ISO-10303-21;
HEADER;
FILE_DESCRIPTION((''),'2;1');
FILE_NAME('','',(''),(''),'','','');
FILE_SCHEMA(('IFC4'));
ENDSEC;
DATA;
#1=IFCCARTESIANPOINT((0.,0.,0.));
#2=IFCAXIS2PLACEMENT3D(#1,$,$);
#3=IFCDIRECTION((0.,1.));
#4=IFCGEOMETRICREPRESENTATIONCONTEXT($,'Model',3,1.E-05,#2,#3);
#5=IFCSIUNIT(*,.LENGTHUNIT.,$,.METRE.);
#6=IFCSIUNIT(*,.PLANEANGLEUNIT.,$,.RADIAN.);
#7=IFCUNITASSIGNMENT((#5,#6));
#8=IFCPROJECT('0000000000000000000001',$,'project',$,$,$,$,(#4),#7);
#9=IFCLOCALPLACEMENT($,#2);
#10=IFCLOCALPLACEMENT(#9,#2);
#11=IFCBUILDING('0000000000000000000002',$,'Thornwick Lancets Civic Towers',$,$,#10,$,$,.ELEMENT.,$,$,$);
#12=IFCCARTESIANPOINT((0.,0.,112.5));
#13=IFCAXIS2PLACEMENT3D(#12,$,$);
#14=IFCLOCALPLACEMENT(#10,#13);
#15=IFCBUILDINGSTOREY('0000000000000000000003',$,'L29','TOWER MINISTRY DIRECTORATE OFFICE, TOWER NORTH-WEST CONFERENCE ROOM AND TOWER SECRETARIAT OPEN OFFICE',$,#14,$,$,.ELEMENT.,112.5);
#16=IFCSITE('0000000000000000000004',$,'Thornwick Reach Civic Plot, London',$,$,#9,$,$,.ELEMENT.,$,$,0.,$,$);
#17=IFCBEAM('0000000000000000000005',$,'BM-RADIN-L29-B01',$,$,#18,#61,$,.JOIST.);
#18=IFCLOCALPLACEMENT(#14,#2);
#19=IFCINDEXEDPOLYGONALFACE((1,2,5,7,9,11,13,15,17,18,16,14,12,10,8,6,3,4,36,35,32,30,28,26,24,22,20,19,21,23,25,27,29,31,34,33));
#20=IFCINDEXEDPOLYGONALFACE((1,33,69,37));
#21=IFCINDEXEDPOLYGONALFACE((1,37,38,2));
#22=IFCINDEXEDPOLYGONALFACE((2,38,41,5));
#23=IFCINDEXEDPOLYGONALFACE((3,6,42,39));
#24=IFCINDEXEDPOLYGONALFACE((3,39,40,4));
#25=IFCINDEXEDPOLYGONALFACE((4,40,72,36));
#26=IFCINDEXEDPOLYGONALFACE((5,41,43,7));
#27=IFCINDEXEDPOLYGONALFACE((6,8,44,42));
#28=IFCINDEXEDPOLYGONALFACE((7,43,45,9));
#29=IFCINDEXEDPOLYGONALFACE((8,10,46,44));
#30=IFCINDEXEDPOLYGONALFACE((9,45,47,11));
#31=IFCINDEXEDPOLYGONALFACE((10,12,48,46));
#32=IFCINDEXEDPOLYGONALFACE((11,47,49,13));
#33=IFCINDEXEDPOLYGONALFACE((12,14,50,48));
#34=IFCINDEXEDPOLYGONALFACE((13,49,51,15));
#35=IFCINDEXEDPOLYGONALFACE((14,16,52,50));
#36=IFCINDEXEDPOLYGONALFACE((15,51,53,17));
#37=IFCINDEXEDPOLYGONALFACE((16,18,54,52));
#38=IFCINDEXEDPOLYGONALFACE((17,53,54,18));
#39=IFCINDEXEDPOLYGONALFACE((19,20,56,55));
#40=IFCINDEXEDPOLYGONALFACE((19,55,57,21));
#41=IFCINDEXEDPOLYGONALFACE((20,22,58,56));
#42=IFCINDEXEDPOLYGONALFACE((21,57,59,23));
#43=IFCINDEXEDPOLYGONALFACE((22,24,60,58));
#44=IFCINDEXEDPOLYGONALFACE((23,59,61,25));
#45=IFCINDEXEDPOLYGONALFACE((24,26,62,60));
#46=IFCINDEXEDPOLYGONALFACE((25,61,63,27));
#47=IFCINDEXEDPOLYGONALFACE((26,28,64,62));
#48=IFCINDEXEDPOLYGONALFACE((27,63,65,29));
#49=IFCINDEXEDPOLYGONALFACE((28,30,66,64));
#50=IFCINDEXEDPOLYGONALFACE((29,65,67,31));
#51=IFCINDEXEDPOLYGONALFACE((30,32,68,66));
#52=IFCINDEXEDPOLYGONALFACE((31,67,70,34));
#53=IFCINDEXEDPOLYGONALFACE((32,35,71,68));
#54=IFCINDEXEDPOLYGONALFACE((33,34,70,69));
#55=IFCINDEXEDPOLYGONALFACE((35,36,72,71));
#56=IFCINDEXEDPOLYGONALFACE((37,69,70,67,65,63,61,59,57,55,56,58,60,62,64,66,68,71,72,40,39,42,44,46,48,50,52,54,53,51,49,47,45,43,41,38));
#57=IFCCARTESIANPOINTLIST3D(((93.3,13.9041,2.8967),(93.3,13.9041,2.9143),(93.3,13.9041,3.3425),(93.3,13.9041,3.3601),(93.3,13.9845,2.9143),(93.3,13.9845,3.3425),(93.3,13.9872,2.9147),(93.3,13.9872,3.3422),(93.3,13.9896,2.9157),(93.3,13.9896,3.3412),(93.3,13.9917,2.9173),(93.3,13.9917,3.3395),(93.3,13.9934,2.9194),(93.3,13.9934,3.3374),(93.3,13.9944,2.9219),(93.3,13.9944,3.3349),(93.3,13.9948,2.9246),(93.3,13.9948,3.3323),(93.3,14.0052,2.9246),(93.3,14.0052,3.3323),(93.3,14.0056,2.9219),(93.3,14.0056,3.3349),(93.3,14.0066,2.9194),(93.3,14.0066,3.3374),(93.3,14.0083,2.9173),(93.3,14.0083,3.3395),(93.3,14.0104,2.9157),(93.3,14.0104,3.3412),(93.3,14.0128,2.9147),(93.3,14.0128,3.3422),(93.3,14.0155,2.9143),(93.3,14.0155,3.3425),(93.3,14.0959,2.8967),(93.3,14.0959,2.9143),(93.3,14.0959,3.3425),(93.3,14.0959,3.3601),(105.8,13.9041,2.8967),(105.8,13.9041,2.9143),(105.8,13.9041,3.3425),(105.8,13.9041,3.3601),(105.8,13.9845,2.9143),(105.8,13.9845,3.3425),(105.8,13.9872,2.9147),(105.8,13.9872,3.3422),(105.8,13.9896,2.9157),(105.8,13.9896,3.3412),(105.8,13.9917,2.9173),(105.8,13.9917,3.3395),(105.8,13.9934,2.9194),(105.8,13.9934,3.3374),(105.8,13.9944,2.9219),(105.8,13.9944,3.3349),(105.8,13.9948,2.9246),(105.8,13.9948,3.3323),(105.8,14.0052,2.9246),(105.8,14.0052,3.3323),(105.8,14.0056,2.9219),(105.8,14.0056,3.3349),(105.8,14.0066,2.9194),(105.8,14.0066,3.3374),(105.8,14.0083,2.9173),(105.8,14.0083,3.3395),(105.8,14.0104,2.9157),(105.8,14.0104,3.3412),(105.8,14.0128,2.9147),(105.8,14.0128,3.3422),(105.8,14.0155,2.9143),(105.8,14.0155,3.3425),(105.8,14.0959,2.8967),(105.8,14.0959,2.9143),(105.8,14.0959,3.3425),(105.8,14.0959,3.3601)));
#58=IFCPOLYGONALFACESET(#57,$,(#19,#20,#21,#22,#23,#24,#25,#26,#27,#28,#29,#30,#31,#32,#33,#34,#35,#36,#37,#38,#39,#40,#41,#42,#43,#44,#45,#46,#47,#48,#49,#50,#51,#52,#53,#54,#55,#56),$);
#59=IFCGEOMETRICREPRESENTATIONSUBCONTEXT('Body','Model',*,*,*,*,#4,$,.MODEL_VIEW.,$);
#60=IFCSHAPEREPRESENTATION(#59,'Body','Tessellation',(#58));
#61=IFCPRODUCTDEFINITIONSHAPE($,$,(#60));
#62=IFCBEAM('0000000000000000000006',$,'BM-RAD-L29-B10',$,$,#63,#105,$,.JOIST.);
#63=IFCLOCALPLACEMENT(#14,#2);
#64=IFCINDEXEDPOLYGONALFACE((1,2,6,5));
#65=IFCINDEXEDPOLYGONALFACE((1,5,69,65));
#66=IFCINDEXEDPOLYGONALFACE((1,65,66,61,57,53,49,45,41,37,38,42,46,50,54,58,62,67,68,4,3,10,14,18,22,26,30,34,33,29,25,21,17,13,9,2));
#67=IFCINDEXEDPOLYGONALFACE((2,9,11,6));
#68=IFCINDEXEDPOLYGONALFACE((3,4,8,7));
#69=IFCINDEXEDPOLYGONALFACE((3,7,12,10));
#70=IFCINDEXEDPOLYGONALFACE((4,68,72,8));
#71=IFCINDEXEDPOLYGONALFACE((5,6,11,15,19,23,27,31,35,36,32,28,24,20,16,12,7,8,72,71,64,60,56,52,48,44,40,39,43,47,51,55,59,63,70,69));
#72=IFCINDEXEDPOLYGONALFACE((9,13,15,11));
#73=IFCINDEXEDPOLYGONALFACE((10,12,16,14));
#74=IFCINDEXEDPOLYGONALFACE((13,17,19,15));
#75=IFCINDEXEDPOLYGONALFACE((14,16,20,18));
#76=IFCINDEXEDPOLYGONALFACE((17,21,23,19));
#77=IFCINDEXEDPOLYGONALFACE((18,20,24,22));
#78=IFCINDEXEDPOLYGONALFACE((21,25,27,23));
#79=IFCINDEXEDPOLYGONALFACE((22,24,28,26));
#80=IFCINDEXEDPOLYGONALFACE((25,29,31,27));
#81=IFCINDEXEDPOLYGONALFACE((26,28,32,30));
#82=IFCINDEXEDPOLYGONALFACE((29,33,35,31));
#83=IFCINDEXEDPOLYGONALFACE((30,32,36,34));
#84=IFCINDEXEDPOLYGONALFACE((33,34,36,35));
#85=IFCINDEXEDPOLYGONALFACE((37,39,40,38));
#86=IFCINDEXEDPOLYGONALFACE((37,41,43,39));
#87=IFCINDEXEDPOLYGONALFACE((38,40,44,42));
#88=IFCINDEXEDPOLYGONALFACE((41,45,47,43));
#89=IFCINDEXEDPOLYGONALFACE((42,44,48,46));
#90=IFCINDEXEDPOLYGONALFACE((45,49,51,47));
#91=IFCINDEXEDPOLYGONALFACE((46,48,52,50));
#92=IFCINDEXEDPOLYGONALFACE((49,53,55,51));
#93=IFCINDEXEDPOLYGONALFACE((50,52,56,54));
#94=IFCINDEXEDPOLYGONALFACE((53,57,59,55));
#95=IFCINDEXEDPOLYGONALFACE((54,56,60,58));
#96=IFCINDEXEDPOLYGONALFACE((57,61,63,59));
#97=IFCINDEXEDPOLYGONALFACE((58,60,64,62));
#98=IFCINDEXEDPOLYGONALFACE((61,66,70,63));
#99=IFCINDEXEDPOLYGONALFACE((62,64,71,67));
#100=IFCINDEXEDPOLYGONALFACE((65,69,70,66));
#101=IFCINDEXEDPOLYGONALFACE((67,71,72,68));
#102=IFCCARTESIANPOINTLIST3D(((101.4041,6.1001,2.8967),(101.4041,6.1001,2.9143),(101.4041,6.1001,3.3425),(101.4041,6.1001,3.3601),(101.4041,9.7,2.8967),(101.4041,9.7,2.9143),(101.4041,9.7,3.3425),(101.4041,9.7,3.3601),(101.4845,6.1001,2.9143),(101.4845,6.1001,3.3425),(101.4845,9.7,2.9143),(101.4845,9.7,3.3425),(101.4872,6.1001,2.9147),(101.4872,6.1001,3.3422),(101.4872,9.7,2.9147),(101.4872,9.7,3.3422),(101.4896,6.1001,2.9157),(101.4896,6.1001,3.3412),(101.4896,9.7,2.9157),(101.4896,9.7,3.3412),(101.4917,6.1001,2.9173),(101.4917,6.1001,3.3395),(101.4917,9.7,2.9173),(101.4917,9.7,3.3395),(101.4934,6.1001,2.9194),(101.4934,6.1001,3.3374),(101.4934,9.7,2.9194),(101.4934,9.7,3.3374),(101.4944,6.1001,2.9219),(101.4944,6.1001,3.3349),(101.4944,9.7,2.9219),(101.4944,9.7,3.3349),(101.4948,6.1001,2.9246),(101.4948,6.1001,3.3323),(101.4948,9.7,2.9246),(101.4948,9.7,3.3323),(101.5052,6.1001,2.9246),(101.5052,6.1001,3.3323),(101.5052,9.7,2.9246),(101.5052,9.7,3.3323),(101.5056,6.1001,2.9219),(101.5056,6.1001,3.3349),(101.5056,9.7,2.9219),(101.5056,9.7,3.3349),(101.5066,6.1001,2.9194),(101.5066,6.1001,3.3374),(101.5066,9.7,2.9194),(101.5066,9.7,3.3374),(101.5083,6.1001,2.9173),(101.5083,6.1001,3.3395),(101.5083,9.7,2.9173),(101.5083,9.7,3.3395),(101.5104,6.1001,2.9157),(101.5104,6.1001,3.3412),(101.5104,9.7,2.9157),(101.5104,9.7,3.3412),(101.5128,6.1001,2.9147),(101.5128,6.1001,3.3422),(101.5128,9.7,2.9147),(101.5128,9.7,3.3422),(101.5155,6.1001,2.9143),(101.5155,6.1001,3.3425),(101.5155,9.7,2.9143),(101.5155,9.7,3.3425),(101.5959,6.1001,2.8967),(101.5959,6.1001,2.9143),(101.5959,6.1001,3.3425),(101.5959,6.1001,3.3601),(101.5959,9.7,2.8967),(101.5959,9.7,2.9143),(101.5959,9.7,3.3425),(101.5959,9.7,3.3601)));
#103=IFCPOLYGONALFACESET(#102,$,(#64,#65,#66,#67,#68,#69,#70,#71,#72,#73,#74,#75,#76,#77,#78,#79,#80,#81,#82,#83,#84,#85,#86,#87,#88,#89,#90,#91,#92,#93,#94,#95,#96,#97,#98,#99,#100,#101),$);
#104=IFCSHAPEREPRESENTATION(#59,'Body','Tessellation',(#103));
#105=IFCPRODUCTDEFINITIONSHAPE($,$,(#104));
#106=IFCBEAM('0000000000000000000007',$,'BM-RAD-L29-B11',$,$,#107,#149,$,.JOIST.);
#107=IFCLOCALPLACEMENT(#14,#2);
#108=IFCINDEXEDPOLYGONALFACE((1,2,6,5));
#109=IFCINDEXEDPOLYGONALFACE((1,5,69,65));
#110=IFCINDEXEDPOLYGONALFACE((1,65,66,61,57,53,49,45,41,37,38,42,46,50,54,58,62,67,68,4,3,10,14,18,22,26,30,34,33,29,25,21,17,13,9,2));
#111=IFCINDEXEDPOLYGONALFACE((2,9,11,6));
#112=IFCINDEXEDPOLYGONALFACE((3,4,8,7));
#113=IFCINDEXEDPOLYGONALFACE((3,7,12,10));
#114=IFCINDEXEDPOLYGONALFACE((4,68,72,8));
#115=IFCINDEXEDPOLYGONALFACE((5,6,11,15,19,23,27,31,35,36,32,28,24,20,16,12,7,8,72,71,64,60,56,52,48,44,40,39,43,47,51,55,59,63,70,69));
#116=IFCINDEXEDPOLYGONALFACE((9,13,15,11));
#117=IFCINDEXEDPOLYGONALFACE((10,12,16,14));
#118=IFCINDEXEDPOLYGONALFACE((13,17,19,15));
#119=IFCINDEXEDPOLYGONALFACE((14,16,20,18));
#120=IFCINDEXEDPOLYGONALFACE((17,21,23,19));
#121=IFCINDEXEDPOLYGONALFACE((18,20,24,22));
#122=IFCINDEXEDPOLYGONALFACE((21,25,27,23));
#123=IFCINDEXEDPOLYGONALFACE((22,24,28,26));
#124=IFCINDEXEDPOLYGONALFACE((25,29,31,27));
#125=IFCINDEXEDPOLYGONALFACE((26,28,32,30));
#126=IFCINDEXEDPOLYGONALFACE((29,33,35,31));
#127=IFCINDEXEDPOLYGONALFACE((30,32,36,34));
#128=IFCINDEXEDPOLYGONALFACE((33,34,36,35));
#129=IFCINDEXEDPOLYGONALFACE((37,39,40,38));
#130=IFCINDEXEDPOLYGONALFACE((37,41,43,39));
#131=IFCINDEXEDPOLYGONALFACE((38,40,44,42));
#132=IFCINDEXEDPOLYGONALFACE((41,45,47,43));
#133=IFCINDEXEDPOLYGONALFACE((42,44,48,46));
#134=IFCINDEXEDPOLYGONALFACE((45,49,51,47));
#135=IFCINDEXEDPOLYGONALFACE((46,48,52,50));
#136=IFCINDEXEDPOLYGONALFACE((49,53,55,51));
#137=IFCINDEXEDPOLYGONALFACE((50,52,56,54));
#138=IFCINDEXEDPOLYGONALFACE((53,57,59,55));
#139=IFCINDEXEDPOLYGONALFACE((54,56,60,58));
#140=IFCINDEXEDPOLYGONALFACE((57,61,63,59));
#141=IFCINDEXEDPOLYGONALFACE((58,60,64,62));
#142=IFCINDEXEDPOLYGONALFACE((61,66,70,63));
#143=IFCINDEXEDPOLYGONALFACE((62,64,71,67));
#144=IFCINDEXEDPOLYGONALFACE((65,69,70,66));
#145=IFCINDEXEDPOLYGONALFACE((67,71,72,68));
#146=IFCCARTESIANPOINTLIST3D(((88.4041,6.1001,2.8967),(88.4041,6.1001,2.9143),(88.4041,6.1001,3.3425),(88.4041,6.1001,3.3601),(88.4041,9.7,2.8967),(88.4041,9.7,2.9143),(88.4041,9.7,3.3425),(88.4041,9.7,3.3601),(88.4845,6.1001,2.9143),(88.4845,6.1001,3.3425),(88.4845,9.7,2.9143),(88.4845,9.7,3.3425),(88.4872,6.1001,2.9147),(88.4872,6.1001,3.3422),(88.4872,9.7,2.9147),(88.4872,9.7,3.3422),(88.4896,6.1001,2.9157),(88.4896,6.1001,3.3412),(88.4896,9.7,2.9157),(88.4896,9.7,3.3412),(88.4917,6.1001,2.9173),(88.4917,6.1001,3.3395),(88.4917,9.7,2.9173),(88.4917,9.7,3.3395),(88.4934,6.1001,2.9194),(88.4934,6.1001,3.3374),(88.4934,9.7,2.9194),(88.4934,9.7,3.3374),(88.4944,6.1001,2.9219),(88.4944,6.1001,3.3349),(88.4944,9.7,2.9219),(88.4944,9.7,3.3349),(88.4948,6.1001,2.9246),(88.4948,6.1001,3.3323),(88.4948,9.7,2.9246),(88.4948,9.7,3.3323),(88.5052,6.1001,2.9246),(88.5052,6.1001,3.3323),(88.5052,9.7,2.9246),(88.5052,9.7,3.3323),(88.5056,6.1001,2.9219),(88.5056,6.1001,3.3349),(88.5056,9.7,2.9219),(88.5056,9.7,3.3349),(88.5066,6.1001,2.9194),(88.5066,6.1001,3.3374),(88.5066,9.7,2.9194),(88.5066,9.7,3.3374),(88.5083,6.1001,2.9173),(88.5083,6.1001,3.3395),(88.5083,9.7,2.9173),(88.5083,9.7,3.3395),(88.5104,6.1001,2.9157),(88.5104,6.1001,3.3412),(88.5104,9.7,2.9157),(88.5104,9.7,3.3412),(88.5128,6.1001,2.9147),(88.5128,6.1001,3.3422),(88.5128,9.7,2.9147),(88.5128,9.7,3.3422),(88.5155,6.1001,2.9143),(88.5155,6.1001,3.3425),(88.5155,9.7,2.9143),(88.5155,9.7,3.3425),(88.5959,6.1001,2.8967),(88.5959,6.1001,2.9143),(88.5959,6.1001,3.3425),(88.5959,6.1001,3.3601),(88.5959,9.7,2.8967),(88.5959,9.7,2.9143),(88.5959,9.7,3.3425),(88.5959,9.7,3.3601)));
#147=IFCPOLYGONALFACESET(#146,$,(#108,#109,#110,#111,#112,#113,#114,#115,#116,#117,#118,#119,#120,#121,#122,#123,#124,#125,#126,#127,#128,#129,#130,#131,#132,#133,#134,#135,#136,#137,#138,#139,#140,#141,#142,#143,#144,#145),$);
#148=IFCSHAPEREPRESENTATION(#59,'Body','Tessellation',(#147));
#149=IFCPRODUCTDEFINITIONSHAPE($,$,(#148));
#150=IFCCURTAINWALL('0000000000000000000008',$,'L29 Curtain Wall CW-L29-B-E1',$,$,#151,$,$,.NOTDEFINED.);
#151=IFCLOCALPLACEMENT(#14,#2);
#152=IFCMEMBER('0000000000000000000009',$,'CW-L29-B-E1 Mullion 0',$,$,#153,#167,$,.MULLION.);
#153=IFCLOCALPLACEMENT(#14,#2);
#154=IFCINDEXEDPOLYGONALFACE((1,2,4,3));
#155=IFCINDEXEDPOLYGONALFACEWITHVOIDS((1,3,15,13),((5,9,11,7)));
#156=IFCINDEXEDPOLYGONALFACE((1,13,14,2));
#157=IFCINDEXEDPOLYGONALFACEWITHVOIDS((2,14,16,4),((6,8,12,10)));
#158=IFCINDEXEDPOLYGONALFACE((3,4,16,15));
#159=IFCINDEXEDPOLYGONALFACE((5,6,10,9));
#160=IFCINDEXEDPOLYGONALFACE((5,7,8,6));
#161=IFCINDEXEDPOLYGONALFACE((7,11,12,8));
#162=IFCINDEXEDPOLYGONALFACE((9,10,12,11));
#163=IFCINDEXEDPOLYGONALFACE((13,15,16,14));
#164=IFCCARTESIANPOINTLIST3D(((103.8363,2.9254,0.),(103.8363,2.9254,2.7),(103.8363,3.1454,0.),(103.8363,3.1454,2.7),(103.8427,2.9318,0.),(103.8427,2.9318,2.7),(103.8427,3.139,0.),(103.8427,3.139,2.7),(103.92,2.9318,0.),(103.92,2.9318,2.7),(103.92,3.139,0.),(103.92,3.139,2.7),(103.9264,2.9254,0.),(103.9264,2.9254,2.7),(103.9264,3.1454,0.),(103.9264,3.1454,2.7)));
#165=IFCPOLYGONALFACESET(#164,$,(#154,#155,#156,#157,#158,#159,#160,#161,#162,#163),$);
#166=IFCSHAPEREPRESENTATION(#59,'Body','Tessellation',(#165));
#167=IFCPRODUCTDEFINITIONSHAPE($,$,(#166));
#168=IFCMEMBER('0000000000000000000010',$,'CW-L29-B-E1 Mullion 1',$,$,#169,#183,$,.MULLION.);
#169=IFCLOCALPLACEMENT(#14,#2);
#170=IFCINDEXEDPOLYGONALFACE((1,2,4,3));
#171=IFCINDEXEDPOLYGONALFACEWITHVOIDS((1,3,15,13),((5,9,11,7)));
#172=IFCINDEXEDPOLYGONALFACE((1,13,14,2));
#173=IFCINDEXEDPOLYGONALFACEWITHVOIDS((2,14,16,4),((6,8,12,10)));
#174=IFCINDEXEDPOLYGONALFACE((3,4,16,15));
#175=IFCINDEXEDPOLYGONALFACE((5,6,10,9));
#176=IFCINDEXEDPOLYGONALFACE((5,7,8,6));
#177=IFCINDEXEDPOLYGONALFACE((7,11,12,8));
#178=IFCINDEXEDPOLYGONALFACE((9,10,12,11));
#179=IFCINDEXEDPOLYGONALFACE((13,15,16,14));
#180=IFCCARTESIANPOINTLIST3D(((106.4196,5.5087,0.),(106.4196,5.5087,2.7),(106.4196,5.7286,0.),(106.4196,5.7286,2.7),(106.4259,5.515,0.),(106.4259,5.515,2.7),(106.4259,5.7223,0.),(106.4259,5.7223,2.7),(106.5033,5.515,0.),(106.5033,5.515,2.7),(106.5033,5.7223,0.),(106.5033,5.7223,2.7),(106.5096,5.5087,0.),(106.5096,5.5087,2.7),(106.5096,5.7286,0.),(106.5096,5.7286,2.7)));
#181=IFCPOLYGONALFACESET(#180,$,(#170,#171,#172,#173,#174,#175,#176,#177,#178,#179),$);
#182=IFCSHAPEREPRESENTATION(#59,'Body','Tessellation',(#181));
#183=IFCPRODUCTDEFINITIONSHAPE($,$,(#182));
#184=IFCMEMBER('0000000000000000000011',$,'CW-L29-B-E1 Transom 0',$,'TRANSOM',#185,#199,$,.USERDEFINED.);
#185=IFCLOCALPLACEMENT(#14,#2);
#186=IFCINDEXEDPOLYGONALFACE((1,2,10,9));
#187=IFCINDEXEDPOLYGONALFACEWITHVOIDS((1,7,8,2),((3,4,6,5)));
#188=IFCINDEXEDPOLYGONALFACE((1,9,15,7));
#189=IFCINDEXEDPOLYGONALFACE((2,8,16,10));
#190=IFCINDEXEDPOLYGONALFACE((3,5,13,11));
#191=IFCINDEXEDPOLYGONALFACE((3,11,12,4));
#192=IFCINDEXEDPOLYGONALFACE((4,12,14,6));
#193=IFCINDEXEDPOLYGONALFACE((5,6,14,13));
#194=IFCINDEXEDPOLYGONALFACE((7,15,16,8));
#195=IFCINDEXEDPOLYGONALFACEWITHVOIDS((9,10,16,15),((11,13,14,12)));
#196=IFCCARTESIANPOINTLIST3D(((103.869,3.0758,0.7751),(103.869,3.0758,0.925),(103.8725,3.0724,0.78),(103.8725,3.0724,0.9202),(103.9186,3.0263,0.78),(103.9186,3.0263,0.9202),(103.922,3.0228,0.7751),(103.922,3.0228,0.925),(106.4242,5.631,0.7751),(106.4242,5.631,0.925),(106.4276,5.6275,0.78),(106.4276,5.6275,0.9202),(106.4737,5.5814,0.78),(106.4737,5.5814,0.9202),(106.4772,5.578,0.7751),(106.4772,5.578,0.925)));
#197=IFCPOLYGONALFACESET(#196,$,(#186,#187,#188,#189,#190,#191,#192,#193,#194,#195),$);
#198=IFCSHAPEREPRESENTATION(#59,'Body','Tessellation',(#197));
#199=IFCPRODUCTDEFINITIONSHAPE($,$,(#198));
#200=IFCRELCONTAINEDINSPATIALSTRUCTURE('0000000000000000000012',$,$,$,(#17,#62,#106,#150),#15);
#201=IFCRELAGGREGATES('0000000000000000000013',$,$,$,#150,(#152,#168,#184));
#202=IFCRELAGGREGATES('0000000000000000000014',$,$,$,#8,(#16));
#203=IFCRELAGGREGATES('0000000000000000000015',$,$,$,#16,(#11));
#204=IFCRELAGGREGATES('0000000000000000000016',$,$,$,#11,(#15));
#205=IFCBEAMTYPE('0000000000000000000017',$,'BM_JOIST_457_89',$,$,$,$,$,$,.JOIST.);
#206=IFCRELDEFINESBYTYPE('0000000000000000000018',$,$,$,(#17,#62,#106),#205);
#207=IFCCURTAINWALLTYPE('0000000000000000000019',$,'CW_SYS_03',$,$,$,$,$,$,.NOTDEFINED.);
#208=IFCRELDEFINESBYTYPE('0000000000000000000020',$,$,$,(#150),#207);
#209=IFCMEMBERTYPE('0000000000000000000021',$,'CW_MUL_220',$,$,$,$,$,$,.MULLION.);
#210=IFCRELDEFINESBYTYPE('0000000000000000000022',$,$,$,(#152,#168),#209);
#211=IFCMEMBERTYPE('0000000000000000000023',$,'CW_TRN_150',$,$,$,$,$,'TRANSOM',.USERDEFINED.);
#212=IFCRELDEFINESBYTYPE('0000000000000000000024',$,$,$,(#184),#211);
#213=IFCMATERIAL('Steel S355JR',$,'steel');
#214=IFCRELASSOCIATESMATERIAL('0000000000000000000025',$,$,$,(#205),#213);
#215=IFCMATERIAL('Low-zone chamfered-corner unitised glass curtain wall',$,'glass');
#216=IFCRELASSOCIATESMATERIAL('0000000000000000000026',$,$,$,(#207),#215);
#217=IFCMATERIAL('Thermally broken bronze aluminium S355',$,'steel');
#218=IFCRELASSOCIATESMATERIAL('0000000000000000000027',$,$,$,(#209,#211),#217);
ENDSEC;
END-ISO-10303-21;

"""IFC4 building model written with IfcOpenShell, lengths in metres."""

from ifc_helpers import new_model, si_unit, direction, frame, origin, origin_2d, place, context, subcontext, project, spatial, hollow_rectangle, i_section, extrude, material, material_profile, profile_set, type_object, element, aggregate, save


model = new_model("IFC4")

# Units and contexts
model_context = context("Model", 3, precision=1e-05, world=origin(), true_north=direction((0.0, 1.0)))
body_context = subcontext(model_context, "Body", "Model", "MODEL_VIEW")
ifc_project = project(units=[si_unit("LENGTHUNIT", "METRE"), si_unit("PLANEANGLEUNIT", "RADIAN")], contexts=[model_context])

# Site, building, storey
site_placement = place(None, origin())
site = spatial("IfcSite", under=ifc_project, at=site_placement, Name="Thornwick Reach Civic Plot, London", CompositionType="ELEMENT", RefElevation=0.0)
building_placement = place(site_placement, origin())
building = spatial("IfcBuilding", under=site, at=building_placement, Name="Thornwick Lancets Civic Towers", CompositionType="ELEMENT")
storey_placement = place(building_placement, frame((0.0, 0.0, 112.5)))
storey = spatial("IfcBuildingStorey", under=building, at=storey_placement, Name="L29", Description="TOWER MINISTRY DIRECTORATE OFFICE, TOWER NORTH-WEST CONFERENCE ROOM AND TOWER SECRETARIAT OPEN OFFICE", CompositionType="ELEMENT", Elevation=112.5)

# Beams
ifc_material_1 = material(Name="Steel S355JR", Category="steel")
ifc_material_profile_1 = material_profile(ifc_material_1, i_section(OverallWidth=0.1919, OverallDepth=0.4634, WebThickness=0.0105, FlangeThickness=0.0176, FilletRadius=0.0103, at=origin_2d()), Name="UKB 457x191x89")
ifc_profile_set_1 = profile_set([ifc_material_profile_1], Name="Steel S355JR")
beam_type_1 = type_object("IfcBeamType", Name="BM_JOIST_457_89", PredefinedType="JOIST", material=ifc_profile_set_1)
beam_1_placement = place(storey_placement, frame((93.3, 14.0, 3.1284), z_axis=(1.0, 0.0, 0.0), x_axis=(0.0, 1.0, 0.0)))
element("IfcBeam", 1, at=beam_1_placement, inside=storey, type_object=beam_type_1, Name="BM-RADIN-L29-B01", PredefinedType="JOIST", context=body_context, shape_type="SweptSolid", body=[
    extrude(i_section(OverallWidth=0.1919, OverallDepth=0.4634, WebThickness=0.0105, FlangeThickness=0.0176, FilletRadius=0.0103, at=origin_2d()), origin(), (0.0, 0.0, 1.0), 12.5),
])
for number, where, z_axis, x_axis, name in (
    (2, (101.5, 9.7, 3.1284), (0.0, -1.0, 0.0), (1.0, 0.0, 0.0), "BM-RAD-L29-B10"),
    (3, (88.5, 9.7, 3.1284), (0.0, -1.0, 0.0), (1.0, 0.0, 0.0), "BM-RAD-L29-B11"),
):
    element("IfcBeam", number, at=place(storey_placement, frame(where, z_axis=z_axis, x_axis=x_axis)), inside=storey, type_object=beam_type_1, Name=name, PredefinedType="JOIST", context=body_context, shape_type="SweptSolid", body=[
        extrude(i_section(OverallWidth=0.1919, OverallDepth=0.4634, WebThickness=0.0105, FlangeThickness=0.0176, FilletRadius=0.0103, at=origin_2d()), origin(), (0.0, 0.0, 1.0), 3.5999),
    ])

# Curtain wall, members
ifc_material_2 = material(Name="Low-zone chamfered-corner unitised glass curtain wall", Category="glass")
curtain_wall_type = type_object("IfcCurtainWallType", Name="CW_SYS_03", PredefinedType="NOTDEFINED", material=ifc_material_2)
curtain_wall_placement = place(storey_placement, origin())
curtain_wall = element("IfcCurtainWall", 4, at=curtain_wall_placement, inside=storey, type_object=curtain_wall_type, Name="L29 Curtain Wall CW-L29-B-E1", PredefinedType="NOTDEFINED")
ifc_material_3 = material(Name="Thermally broken bronze aluminium S355", Category="steel")
ifc_material_profile_2 = material_profile(ifc_material_3, hollow_rectangle(XDim=0.0901, YDim=0.22, WallThickness=0.0063, at=origin_2d()), Name="RHS 220x90x6.3")
ifc_profile_set_2 = profile_set([ifc_material_profile_2], Name="Thermally broken bronze aluminium S355")
member_type_1 = type_object("IfcMemberType", Name="CW_MUL_220", PredefinedType="MULLION", material=ifc_profile_set_2)
member_1_placement = place(storey_placement, frame((103.8813, 3.0354, 0.0), z_axis=(0.0, 0.0, 1.0), x_axis=(1.0, 0.0, 0.0)))
member_1 = element("IfcMember", 5, at=member_1_placement, type_object=member_type_1, Name="CW-L29-B-E1 Mullion 0", PredefinedType="MULLION", context=body_context, shape_type="SweptSolid", body=[
    extrude(hollow_rectangle(XDim=0.0901, YDim=0.22, WallThickness=0.0063, at=origin_2d()), origin(), (0.0, 0.0, 1.0), 2.7),
])
member_2_placement = place(storey_placement, frame((106.4646, 5.6187, 0.0), z_axis=(0.0, 0.0, 1.0), x_axis=(1.0, 0.0, 0.0)))
member_2 = element("IfcMember", 6, at=member_2_placement, type_object=member_type_1, Name="CW-L29-B-E1 Mullion 1", PredefinedType="MULLION", context=body_context, shape_type="SweptSolid", body=[
    extrude(hollow_rectangle(XDim=0.0901, YDim=0.22, WallThickness=0.0063, at=origin_2d()), origin(), (0.0, 0.0, 1.0), 2.7),
])
ifc_material_profile_3 = material_profile(ifc_material_3, hollow_rectangle(XDim=0.075, YDim=0.1499, WallThickness=0.0049, at=origin_2d()), Name="RHS 150x75x5")
ifc_profile_set_3 = profile_set([ifc_material_profile_3], Name="Thermally broken bronze aluminium S355")
member_type_2 = type_object("IfcMemberType", Name="CW_TRN_150", ElementType="TRANSOM", PredefinedType="USERDEFINED", material=ifc_profile_set_3)
member_3_placement = place(storey_placement, frame((103.8955, 3.0493, 0.8501), z_axis=(0.707107, 0.707107, 0.0), x_axis=(-0.707107, 0.707107, 0.0)))
member_3 = element("IfcMember", 7, at=member_3_placement, type_object=member_type_2, Name="CW-L29-B-E1 Transom 0", ObjectType="TRANSOM", PredefinedType="USERDEFINED", context=body_context, shape_type="SweptSolid", body=[
    extrude(hollow_rectangle(XDim=0.075, YDim=0.1499, WallThickness=0.0049, at=origin_2d()), origin(), (0.0, 0.0, 1.0), 3.6135),
])
aggregate(curtain_wall, [member_1, member_2, member_3])

save(model, "model.ifc")
